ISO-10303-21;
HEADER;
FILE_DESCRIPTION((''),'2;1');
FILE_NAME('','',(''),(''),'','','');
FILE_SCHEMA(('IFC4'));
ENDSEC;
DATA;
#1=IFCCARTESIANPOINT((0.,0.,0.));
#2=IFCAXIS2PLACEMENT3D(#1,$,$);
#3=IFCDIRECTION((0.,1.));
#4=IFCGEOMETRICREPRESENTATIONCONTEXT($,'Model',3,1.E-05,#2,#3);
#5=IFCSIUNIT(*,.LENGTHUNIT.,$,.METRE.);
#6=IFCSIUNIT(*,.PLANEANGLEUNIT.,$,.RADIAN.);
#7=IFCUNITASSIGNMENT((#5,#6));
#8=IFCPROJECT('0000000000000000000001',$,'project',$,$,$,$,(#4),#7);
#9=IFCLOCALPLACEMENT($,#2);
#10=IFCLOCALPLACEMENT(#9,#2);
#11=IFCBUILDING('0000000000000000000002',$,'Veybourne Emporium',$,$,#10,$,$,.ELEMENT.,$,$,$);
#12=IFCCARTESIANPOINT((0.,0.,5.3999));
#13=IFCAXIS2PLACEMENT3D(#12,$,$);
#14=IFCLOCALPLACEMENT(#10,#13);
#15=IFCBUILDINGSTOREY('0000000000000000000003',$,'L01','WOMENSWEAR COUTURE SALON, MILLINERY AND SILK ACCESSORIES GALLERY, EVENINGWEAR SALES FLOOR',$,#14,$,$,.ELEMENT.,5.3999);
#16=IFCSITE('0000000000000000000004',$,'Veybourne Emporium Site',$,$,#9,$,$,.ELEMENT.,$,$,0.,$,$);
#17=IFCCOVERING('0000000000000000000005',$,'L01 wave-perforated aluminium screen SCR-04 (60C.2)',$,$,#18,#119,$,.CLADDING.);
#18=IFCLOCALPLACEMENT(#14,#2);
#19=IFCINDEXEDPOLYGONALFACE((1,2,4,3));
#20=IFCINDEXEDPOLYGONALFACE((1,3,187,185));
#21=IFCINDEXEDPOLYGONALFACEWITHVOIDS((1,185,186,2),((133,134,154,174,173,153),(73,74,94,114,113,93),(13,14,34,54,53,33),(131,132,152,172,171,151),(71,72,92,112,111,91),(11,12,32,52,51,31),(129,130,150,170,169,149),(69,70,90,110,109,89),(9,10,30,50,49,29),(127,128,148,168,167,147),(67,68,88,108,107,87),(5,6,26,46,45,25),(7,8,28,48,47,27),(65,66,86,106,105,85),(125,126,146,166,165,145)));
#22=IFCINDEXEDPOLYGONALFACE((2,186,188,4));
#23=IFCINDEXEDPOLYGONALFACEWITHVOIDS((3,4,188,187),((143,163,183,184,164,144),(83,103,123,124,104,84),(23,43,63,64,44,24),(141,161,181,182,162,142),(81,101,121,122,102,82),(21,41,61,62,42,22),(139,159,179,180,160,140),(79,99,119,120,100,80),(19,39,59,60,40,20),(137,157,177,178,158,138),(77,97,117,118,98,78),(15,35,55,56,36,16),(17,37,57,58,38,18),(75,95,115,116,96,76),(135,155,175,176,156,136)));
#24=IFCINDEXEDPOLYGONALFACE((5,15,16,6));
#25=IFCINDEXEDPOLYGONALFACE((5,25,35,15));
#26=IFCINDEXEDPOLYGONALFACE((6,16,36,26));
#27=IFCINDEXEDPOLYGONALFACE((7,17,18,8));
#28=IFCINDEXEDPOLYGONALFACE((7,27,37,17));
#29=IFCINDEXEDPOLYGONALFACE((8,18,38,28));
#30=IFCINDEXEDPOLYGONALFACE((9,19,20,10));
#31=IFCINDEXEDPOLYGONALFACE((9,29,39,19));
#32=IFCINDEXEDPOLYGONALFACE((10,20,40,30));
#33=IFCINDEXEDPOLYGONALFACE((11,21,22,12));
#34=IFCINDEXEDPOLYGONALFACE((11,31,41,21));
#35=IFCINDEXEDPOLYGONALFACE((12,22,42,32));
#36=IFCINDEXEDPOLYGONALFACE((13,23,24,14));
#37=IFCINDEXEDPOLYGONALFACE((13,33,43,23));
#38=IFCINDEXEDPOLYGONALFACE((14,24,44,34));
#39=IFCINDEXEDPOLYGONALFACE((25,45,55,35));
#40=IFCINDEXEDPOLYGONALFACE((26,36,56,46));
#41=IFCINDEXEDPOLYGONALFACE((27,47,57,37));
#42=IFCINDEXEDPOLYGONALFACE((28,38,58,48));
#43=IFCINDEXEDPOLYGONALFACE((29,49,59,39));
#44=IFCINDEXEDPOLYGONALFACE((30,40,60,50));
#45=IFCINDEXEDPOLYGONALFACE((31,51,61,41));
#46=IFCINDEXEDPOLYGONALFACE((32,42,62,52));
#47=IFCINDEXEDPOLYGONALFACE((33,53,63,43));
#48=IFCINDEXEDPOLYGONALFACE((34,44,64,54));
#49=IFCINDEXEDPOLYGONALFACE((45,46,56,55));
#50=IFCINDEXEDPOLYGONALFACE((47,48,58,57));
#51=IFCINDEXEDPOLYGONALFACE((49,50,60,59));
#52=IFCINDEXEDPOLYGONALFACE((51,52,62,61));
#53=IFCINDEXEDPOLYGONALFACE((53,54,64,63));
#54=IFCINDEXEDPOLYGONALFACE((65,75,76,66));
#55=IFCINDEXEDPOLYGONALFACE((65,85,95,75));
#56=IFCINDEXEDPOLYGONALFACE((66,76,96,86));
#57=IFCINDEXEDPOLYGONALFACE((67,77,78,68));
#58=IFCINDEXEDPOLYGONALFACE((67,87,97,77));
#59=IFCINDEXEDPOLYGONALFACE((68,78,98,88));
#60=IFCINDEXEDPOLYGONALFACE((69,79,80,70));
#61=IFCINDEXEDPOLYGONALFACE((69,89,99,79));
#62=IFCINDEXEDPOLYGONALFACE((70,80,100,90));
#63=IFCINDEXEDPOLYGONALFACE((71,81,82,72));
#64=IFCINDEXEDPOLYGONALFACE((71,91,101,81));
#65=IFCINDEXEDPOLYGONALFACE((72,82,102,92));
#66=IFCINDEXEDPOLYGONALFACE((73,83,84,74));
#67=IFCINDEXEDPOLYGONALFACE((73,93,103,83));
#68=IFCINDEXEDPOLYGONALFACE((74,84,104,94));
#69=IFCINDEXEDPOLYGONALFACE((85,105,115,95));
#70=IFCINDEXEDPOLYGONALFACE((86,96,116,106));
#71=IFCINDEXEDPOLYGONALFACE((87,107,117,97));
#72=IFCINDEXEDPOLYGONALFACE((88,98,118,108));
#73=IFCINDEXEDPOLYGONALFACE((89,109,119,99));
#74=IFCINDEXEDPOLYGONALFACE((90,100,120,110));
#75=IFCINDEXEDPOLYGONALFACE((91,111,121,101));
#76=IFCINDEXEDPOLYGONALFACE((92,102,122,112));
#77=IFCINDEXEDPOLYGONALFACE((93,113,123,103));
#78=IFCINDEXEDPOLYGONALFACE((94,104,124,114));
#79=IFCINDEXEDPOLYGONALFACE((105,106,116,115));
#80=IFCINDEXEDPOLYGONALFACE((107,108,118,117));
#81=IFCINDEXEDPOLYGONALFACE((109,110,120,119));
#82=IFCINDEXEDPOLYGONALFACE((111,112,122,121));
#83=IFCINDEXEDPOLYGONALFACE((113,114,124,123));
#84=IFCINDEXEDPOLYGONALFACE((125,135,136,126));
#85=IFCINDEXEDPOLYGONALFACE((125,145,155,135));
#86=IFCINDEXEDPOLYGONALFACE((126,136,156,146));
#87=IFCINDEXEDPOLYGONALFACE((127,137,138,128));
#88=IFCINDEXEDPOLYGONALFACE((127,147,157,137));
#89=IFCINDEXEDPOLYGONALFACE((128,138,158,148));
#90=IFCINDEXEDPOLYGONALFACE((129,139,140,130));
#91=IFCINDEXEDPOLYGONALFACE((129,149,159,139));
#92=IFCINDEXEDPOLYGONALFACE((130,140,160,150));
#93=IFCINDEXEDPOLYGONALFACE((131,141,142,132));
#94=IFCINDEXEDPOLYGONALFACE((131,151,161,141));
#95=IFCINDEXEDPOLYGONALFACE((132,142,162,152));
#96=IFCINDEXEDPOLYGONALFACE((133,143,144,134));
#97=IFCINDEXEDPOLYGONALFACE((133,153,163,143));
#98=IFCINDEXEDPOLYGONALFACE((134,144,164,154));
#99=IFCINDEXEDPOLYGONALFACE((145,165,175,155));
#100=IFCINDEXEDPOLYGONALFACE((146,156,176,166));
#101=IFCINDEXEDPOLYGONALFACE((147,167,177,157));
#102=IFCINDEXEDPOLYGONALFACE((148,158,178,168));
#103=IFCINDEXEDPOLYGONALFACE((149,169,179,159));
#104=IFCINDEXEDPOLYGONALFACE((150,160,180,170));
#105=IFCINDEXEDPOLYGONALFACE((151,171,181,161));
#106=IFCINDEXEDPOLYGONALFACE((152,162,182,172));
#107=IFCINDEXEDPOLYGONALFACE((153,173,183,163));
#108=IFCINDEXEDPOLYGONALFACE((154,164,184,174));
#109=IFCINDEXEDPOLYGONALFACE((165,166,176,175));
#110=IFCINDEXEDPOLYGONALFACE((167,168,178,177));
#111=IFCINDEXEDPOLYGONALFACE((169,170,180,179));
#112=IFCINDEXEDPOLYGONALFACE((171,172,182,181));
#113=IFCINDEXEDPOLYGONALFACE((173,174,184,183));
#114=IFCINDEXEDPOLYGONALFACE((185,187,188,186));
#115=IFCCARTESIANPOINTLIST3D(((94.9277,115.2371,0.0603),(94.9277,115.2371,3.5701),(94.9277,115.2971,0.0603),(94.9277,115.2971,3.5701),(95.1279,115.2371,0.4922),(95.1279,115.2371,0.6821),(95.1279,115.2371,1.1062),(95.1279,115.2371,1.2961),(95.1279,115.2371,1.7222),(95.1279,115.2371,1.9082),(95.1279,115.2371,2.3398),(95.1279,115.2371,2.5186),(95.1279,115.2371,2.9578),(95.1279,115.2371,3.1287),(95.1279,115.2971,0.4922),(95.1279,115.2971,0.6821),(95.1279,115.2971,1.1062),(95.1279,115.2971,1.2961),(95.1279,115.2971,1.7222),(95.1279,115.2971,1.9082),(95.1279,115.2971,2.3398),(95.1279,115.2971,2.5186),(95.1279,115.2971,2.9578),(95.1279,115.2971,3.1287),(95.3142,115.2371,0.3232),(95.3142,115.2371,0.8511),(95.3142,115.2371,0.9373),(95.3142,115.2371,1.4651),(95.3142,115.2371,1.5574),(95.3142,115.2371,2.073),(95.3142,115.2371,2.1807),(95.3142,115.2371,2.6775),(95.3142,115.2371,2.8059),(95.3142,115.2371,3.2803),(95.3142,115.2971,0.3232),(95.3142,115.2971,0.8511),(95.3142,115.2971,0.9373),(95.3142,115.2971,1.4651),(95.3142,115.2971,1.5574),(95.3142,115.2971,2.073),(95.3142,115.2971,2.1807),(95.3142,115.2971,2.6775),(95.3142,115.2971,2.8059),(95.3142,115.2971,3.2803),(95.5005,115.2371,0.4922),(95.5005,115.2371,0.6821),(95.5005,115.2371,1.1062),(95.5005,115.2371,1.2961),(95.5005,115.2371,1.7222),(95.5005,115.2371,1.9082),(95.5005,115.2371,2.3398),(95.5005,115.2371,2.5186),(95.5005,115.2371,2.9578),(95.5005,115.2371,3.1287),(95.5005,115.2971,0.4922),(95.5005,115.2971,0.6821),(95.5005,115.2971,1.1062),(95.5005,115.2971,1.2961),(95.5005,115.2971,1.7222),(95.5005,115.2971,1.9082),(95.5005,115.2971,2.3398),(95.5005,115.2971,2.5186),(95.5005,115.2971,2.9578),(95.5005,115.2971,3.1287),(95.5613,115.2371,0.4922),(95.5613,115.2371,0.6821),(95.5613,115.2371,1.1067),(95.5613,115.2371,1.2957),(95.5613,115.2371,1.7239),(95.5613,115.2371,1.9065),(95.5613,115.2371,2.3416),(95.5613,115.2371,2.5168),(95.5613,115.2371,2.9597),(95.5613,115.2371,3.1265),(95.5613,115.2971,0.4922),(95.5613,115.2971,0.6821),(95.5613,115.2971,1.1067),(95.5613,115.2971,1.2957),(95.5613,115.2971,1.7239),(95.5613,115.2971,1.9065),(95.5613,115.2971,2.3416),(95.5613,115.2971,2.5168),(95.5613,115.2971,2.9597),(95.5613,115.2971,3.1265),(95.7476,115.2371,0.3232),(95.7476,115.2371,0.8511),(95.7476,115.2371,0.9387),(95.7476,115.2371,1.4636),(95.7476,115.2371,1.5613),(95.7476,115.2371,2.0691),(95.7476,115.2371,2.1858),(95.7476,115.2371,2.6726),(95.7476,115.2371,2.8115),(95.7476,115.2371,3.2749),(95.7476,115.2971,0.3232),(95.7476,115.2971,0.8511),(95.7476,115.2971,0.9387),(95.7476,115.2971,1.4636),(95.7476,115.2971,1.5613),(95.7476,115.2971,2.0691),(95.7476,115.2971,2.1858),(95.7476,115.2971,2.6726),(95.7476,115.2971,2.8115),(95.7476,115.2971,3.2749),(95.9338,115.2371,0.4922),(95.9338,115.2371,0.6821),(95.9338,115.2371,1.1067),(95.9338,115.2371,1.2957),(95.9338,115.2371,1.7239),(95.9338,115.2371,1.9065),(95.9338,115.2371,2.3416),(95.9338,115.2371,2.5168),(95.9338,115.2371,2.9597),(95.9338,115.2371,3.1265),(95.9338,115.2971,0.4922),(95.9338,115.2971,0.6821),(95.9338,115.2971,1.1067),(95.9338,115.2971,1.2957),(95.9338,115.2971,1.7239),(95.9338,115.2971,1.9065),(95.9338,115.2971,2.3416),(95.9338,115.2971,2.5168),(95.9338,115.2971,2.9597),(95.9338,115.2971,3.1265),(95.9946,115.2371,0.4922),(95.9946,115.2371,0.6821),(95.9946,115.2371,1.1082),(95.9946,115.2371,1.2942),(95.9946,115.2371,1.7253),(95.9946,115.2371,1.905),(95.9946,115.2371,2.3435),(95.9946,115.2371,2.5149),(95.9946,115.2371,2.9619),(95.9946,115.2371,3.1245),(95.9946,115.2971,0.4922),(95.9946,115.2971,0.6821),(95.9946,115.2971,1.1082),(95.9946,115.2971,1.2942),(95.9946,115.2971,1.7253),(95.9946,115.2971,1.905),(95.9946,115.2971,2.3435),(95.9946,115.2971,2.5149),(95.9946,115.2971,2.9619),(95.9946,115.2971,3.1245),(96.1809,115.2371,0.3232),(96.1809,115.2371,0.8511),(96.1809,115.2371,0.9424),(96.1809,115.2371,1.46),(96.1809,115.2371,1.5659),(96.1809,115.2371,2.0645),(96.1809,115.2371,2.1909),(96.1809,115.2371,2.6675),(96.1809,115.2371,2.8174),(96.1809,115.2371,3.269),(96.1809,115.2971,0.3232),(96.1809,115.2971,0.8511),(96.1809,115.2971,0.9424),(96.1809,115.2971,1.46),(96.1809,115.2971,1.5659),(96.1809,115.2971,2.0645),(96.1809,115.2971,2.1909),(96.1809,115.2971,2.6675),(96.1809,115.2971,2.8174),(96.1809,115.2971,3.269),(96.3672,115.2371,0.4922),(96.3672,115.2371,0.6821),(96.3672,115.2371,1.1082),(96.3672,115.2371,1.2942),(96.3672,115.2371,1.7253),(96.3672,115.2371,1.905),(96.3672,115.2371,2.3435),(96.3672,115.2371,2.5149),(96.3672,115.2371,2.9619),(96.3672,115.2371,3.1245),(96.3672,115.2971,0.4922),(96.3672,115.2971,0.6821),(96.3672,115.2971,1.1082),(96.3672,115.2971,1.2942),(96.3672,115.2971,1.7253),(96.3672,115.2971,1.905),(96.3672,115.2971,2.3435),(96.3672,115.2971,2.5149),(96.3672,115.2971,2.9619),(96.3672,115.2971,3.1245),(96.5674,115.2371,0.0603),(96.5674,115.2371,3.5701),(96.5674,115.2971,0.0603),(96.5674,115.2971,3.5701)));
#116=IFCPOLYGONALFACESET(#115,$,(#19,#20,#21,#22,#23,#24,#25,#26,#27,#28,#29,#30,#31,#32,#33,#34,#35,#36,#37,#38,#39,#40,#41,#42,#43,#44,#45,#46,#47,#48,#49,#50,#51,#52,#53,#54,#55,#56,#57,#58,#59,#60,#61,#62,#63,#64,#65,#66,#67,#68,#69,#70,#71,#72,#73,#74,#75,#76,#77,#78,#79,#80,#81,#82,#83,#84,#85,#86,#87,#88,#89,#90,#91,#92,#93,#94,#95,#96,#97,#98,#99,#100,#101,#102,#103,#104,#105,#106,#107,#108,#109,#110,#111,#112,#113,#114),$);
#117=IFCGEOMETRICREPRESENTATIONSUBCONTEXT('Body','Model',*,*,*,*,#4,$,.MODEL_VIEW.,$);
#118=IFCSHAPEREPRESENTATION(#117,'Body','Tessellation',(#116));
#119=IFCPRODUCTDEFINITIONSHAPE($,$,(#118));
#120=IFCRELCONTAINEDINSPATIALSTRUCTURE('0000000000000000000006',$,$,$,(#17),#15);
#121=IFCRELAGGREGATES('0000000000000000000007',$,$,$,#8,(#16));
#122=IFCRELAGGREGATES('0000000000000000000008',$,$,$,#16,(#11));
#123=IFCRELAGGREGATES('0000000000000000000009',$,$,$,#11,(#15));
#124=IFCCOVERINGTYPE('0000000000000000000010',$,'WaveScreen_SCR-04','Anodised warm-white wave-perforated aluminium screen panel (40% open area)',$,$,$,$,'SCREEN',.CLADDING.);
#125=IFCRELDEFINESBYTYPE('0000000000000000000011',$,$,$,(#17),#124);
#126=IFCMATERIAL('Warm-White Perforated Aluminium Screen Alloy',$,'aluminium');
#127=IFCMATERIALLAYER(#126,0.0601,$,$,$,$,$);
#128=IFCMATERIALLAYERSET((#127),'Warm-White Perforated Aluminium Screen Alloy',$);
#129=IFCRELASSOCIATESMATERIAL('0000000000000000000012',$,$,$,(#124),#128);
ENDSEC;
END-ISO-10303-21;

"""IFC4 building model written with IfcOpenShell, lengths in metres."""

from ifc_helpers import new_model, si_unit, direction, frame, origin, place, context, subcontext, project, spatial, polyline, outline, extrude, material, layer, layer_set, type_object, element, save


model = new_model("IFC4")

# Units and contexts
model_context = context("Model", 3, precision=1e-05, world=origin(), true_north=direction((0.0, 1.0)))
body_context = subcontext(model_context, "Body", "Model", "MODEL_VIEW")
ifc_project = project(units=[si_unit("LENGTHUNIT", "METRE"), si_unit("PLANEANGLEUNIT", "RADIAN")], contexts=[model_context])

# Site, building, storey
site_placement = place(None, origin())
site = spatial("IfcSite", under=ifc_project, at=site_placement, Name="Veybourne Emporium Site", CompositionType="ELEMENT", RefElevation=0.0)
building_placement = place(site_placement, origin())
building = spatial("IfcBuilding", under=site, at=building_placement, Name="Veybourne Emporium", CompositionType="ELEMENT")
storey_placement = place(building_placement, frame((0.0, 0.0, 5.3999)))
storey = spatial("IfcBuildingStorey", under=building, at=storey_placement, Name="L01", Description="WOMENSWEAR COUTURE SALON, MILLINERY AND SILK ACCESSORIES GALLERY, EVENINGWEAR SALES FLOOR", CompositionType="ELEMENT", Elevation=5.3999)

# Covering
ifc_material_1 = material(Name="Warm-White Perforated Aluminium Screen Alloy", Category="aluminium")
ifc_layer_1 = layer(ifc_material_1, 0.0601)
ifc_layer_set_1 = layer_set([ifc_layer_1], Name="Warm-White Perforated Aluminium Screen Alloy")
covering_type_1 = type_object("IfcCoveringType", Name="WaveScreen_SCR-04", Description="Anodised warm-white wave-perforated aluminium screen panel (40% open area)", ElementType="SCREEN", PredefinedType="CLADDING", material=ifc_layer_set_1)
covering_1_placement = place(storey_placement, frame((95.7476, 115.2971, 1.8152), z_axis=(0.0, -1.0, 0.0), x_axis=(1.0, 0.0, 0.0)))
element("IfcCovering", 1, at=covering_1_placement, inside=storey, type_object=covering_type_1, Name="L01 wave-perforated aluminium screen SCR-04 (60C.2)", PredefinedType="CLADDING", context=body_context, shape_type="SweptSolid", body=[
    extrude(outline(polyline([(-0.8198, -1.7549), (0.8198, -1.7549), (0.8198, 1.7549), (-0.8198, 1.7549), (-0.8198, -1.7549)]), holes=[polyline([(-0.4333, -0.9641), (-0.2471, -1.1331), (-0.2471, -1.323), (-0.4333, -1.4919), (-0.6196, -1.323), (-0.6196, -1.1331), (-0.4333, -0.9641)]), polyline([(-0.4333, -0.3501), (-0.2471, -0.519), (-0.2471, -0.709), (-0.4333, -0.8779), (-0.6196, -0.709), (-0.6196, -0.519), (-0.4333, -0.3501)]), polyline([(-0.4333, 0.2578), (-0.2471, 0.093), (-0.2471, -0.093), (-0.4333, -0.2578), (-0.6196, -0.093), (-0.6196, 0.093), (-0.4333, 0.2578)]), polyline([(-0.4333, 0.8623), (-0.2471, 0.7034), (-0.2471, 0.5247), (-0.4333, 0.3655), (-0.6196, 0.5247), (-0.6196, 0.7034), (-0.4333, 0.8623)]), polyline([(-0.4333, 1.4651), (-0.2471, 1.3135), (-0.2471, 1.1426), (-0.4333, 0.9907), (-0.6196, 1.1426), (-0.6196, 1.3135), (-0.4333, 1.4651)]), polyline([(0.0, -0.9641), (0.1863, -1.1331), (0.1863, -1.323), (0.0, -1.4919), (-0.1863, -1.323), (-0.1863, -1.1331), (0.0, -0.9641)]), polyline([(0.0, -0.3516), (0.1863, -0.5195), (0.1863, -0.7085), (0.0, -0.8765), (-0.1863, -0.7085), (-0.1863, -0.5195), (0.0, -0.3516)]), polyline([(0.0, 0.2539), (0.1863, 0.0913), (0.1863, -0.0913), (0.0, -0.2539), (-0.1863, -0.0913), (-0.1863, 0.0913), (0.0, 0.2539)]), polyline([(0.0, 0.8574), (0.1863, 0.7017), (0.1863, 0.5264), (0.0, 0.3706), (-0.1863, 0.5264), (-0.1863, 0.7017), (0.0, 0.8574)]), polyline([(0.0, 1.4597), (0.1863, 1.3113), (0.1863, 1.1445), (0.0, 0.9963), (-0.1863, 1.1445), (-0.1863, 1.3113), (0.0, 1.4597)]), polyline([(0.4333, -0.9641), (0.6196, -1.1331), (0.6196, -1.323), (0.4333, -1.4919), (0.2471, -1.323), (0.2471, -1.1331), (0.4333, -0.9641)]), polyline([(0.4333, -0.3552), (0.6196, -0.521), (0.6196, -0.707), (0.4333, -0.8728), (0.2471, -0.707), (0.2471, -0.521), (0.4333, -0.3552)]), polyline([(0.4333, 0.2493), (0.6196, 0.0898), (0.6196, -0.0898), (0.4333, -0.2493), (0.2471, -0.0898), (0.2471, 0.0898), (0.4333, 0.2493)]), polyline([(0.4333, 0.8523), (0.6196, 0.6997), (0.6196, 0.5283), (0.4333, 0.3757), (0.2471, 0.5283), (0.2471, 0.6997), (0.4333, 0.8523)]), polyline([(0.4333, 1.4539), (0.6196, 1.3093), (0.6196, 1.1467), (0.4333, 1.0022), (0.2471, 1.1467), (0.2471, 1.3093), (0.4333, 1.4539)])]), origin(), (0.0, 0.0, 1.0), 0.0601),
])

save(model, "model.ifc")
